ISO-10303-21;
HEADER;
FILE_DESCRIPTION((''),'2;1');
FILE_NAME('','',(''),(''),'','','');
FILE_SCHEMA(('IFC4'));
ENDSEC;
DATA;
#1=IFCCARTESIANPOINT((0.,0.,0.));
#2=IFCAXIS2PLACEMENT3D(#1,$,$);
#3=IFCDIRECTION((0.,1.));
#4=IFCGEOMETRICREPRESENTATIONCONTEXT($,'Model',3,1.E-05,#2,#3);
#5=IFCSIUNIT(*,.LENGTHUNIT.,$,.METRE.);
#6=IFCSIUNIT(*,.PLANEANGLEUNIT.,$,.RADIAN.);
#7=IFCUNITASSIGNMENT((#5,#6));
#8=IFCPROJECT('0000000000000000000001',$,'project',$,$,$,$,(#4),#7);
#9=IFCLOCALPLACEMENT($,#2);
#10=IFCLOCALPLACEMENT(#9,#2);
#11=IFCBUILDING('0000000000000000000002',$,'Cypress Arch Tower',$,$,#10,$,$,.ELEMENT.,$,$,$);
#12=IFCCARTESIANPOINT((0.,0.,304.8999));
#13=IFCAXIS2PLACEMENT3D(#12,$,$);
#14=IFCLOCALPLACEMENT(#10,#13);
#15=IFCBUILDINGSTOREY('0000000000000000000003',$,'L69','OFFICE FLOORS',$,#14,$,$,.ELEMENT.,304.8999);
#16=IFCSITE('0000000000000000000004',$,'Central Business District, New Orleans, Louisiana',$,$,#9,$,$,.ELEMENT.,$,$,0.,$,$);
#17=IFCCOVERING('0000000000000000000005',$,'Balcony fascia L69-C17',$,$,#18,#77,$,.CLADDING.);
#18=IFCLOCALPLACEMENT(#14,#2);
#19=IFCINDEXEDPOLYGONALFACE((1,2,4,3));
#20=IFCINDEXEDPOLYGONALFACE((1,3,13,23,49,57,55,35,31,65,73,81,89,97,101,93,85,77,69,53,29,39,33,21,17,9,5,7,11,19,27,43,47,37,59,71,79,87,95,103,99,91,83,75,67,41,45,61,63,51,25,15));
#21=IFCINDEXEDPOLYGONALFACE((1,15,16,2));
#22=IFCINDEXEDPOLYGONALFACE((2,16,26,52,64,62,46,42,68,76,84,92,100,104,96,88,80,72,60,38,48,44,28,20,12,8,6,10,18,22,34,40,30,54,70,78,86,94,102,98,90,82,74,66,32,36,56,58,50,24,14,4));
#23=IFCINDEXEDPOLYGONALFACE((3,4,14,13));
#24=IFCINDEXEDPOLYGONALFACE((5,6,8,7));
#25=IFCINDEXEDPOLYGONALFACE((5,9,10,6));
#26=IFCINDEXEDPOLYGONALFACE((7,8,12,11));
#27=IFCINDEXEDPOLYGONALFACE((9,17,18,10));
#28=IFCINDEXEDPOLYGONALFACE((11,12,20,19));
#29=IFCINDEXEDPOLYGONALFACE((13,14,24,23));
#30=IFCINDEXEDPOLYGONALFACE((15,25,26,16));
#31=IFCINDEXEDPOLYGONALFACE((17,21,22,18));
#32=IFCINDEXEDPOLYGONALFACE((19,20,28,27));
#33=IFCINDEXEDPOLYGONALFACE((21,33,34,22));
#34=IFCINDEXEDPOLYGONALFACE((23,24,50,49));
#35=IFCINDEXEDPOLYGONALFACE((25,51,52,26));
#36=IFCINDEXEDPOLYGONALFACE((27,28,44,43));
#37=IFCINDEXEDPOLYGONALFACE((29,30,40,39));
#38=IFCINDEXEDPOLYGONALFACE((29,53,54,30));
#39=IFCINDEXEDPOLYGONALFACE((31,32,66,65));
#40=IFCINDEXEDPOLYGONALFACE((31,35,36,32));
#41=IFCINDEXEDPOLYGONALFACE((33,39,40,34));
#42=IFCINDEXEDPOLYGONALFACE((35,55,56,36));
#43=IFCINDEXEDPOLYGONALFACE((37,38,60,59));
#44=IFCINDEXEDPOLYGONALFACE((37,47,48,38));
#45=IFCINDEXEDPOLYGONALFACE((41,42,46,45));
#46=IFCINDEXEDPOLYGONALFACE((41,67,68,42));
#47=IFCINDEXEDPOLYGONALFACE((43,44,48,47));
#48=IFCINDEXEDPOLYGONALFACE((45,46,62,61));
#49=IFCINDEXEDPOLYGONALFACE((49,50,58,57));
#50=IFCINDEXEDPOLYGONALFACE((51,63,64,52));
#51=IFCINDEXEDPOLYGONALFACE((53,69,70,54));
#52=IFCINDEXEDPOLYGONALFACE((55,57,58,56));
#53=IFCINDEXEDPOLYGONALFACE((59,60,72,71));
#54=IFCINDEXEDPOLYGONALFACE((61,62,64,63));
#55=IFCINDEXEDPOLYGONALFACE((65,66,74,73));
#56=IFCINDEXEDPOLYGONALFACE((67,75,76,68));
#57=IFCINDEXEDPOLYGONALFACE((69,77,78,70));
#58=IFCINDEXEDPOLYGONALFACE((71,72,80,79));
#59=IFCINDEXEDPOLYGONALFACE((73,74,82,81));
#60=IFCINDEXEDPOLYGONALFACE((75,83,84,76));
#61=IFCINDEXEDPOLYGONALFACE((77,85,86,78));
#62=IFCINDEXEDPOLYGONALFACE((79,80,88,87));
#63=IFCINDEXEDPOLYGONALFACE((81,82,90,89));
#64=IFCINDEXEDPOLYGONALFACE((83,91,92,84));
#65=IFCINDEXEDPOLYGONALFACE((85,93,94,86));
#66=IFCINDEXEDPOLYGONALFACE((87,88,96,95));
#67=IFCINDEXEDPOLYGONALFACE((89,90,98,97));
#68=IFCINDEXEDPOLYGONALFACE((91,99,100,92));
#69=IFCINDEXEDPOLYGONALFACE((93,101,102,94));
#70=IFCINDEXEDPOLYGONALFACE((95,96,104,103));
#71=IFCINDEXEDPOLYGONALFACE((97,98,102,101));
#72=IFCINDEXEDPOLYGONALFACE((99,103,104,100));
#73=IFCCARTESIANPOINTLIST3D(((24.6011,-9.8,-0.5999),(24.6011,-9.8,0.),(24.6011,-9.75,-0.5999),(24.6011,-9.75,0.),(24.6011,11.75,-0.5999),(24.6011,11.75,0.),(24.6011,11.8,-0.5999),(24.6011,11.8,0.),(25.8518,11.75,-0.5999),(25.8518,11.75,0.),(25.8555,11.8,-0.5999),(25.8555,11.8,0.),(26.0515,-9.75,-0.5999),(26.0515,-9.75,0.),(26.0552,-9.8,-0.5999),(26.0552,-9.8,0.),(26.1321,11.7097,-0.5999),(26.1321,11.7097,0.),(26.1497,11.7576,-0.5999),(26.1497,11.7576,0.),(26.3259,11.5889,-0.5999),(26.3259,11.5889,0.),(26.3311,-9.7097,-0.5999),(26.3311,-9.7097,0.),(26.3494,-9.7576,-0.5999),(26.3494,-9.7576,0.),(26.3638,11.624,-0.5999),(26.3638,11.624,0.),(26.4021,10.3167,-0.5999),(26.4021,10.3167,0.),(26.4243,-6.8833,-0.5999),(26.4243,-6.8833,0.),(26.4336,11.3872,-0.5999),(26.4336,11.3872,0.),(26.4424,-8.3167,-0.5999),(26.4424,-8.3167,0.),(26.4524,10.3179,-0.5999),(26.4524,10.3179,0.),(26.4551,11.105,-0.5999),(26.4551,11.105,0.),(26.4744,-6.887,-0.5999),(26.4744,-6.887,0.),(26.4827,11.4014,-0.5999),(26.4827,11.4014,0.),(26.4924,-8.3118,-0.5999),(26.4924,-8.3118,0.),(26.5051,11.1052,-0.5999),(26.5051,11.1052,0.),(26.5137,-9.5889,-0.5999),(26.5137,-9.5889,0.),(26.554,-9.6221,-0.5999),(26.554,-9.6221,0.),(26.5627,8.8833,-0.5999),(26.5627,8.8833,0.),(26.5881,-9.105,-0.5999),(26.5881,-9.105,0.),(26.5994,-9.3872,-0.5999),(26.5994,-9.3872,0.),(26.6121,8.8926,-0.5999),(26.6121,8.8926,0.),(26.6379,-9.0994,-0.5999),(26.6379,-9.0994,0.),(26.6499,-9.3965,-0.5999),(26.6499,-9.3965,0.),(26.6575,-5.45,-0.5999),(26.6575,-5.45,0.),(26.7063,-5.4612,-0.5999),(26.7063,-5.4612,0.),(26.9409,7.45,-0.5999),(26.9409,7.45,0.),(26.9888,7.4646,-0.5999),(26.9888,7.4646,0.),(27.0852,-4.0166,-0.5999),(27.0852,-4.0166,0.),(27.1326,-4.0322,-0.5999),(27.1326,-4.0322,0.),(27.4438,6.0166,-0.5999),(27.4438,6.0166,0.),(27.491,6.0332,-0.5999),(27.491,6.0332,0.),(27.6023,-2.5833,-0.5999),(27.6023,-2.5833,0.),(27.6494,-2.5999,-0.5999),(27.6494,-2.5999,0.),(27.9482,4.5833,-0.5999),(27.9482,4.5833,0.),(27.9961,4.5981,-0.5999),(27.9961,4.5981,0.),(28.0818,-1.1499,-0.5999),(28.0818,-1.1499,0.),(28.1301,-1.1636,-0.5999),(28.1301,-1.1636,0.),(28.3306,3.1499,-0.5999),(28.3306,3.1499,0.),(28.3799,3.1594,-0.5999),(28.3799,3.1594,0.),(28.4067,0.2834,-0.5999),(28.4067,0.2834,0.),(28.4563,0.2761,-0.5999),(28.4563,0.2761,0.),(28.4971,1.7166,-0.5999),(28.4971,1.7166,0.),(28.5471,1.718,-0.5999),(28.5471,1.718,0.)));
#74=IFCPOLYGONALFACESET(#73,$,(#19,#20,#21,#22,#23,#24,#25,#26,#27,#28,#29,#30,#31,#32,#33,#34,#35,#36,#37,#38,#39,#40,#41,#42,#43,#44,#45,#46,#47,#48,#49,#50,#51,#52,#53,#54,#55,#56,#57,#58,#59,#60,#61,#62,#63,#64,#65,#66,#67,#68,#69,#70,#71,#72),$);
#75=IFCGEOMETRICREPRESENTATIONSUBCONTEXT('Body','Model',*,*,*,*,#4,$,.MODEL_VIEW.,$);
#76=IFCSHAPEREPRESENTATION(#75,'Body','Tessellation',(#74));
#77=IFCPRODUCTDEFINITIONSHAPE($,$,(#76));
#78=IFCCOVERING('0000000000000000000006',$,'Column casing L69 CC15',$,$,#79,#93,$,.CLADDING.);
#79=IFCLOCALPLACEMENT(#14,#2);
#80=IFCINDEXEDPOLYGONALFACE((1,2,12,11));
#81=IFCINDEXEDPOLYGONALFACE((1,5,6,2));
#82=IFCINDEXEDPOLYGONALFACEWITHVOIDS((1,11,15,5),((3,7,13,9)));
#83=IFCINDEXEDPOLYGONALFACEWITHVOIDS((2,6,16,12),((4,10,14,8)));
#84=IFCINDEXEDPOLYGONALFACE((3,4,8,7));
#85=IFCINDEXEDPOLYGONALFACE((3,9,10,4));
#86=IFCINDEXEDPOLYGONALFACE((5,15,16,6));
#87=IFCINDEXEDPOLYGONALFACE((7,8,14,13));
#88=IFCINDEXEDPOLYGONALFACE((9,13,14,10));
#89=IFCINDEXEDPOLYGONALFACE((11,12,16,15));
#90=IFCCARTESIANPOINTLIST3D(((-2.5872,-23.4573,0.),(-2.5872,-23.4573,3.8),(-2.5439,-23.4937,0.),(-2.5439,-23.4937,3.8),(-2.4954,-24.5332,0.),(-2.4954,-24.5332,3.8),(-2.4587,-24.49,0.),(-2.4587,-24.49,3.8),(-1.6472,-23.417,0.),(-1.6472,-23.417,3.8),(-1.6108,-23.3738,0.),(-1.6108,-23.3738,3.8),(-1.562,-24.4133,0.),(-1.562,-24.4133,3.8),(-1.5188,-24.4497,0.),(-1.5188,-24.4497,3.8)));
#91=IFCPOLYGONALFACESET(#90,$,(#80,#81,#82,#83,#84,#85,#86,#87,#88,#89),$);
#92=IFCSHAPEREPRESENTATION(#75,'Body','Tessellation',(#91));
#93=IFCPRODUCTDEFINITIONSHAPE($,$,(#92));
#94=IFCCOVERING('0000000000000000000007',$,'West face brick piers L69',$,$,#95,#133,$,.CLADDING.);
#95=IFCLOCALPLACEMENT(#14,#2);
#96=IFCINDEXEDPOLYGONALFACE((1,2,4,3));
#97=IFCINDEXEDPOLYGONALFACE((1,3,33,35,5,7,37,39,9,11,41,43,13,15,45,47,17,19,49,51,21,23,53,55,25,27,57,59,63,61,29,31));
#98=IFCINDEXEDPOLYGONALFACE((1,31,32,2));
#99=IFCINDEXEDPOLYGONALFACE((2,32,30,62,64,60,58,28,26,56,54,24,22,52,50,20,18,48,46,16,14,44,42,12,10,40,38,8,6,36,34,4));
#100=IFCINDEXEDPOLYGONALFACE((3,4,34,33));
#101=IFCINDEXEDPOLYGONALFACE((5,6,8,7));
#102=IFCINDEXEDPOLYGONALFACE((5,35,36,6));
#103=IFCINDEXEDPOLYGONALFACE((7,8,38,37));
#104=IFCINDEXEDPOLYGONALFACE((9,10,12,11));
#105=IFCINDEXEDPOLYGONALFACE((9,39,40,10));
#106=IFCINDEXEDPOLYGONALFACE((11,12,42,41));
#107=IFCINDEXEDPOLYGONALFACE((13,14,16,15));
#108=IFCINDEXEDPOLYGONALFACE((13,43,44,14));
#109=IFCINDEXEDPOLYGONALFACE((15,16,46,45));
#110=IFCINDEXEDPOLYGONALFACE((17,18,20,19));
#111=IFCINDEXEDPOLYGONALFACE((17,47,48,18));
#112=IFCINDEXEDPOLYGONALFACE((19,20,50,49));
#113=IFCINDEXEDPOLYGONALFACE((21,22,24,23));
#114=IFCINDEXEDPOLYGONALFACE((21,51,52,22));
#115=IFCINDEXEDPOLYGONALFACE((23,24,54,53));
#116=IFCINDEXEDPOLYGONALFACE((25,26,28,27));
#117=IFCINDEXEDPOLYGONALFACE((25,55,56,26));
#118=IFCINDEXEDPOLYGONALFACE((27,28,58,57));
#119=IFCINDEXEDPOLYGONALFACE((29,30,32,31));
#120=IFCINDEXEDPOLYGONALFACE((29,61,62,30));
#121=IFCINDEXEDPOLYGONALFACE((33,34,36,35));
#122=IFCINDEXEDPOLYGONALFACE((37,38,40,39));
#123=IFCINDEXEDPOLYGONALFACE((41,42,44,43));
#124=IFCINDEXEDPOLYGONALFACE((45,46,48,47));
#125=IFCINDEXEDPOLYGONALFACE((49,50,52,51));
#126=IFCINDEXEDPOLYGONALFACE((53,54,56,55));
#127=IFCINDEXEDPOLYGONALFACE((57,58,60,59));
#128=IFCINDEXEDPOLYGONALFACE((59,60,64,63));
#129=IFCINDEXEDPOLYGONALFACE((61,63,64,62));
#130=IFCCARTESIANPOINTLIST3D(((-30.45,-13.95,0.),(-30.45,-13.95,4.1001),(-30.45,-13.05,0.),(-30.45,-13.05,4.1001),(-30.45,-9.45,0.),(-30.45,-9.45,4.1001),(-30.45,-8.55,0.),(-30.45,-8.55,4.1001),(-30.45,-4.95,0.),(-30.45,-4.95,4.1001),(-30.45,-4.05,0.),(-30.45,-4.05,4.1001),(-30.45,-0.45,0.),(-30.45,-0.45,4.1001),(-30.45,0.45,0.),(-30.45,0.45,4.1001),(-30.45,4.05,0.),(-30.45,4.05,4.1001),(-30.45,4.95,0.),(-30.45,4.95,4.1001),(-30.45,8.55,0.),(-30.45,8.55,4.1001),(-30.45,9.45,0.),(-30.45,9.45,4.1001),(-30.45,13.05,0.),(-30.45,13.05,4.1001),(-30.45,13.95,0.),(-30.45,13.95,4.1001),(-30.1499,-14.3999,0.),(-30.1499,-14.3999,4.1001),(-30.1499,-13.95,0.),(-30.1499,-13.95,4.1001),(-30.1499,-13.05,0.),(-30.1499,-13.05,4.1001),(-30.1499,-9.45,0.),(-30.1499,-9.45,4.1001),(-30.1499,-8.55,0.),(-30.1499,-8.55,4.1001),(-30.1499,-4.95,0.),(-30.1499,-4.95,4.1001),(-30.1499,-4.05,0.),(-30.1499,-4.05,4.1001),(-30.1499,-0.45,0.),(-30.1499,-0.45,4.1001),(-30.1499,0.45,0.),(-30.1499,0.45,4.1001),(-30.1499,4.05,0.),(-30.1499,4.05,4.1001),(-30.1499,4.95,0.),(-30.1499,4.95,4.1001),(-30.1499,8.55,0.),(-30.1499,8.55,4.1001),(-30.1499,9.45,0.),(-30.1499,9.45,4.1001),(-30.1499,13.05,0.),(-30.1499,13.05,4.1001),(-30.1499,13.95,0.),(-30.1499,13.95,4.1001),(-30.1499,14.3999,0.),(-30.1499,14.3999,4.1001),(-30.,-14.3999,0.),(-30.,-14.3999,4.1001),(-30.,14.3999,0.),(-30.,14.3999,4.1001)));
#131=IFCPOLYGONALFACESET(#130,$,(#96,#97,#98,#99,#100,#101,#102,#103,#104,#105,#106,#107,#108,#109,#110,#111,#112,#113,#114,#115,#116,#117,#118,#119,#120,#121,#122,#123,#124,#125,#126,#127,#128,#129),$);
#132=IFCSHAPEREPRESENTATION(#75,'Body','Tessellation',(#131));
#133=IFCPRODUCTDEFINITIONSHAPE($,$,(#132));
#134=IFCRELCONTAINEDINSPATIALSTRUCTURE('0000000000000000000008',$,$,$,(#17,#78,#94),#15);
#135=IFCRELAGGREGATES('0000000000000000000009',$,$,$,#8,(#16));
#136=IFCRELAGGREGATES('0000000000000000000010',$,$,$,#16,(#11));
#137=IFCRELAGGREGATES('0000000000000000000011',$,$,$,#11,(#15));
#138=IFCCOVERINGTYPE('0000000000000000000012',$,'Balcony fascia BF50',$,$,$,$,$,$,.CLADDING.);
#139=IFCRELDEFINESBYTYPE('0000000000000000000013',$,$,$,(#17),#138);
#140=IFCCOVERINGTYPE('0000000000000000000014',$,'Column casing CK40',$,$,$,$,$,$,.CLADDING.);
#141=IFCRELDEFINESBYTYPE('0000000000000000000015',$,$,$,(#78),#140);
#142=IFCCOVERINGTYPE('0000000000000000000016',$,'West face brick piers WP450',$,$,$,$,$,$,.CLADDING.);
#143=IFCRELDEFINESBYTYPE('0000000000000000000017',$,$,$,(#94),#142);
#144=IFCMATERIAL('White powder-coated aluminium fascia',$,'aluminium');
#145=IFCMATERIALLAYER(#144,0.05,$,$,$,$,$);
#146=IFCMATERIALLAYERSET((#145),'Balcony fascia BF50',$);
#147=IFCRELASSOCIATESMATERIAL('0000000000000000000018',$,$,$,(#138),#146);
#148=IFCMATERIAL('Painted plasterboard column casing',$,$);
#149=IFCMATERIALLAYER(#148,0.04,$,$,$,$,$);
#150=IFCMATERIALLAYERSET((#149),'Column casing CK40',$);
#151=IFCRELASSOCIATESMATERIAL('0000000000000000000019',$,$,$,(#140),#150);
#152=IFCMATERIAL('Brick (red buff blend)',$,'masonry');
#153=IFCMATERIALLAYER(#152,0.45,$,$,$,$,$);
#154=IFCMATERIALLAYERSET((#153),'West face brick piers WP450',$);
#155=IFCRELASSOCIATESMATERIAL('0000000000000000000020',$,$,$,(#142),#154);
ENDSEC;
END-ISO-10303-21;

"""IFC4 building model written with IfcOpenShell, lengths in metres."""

from ifc_helpers import new_model, si_unit, direction, frame, origin, place, context, subcontext, project, spatial, polyline, outline, extrude, material, layer, layer_set, type_object, element, save


model = new_model("IFC4")

# Units and contexts
model_context = context("Model", 3, precision=1e-05, world=origin(), true_north=direction((0.0, 1.0)))
body_context = subcontext(model_context, "Body", "Model", "MODEL_VIEW")
ifc_project = project(units=[si_unit("LENGTHUNIT", "METRE"), si_unit("PLANEANGLEUNIT", "RADIAN")], contexts=[model_context])

# Site, building, storey
site_placement = place(None, origin())
site = spatial("IfcSite", under=ifc_project, at=site_placement, Name="Central Business District, New Orleans, Louisiana", CompositionType="ELEMENT", RefElevation=0.0)
building_placement = place(site_placement, origin())
building = spatial("IfcBuilding", under=site, at=building_placement, Name="Cypress Arch Tower", CompositionType="ELEMENT")
storey_placement = place(building_placement, frame((0.0, 0.0, 304.8999)))
storey = spatial("IfcBuildingStorey", under=building, at=storey_placement, Name="L69", Description="OFFICE FLOORS", CompositionType="ELEMENT", Elevation=304.8999)

# Coverings
ifc_material_1 = material(Name="White powder-coated aluminium fascia", Category="aluminium")
ifc_layer_1 = layer(ifc_material_1, 0.05)
ifc_layer_set_1 = layer_set([ifc_layer_1], Name="Balcony fascia BF50")
covering_type_1 = type_object("IfcCoveringType", Name="Balcony fascia BF50", PredefinedType="CLADDING", material=ifc_layer_set_1)
covering_1_placement = place(storey_placement, frame((0.0, 0.0, -0.5999)))
element("IfcCovering", 1, at=covering_1_placement, inside=storey, type_object=covering_type_1, Name="Balcony fascia L69-C17", PredefinedType="CLADDING", context=body_context, shape_type="SweptSolid", body=[
    extrude(outline(polyline([(25.8555, 11.8), (26.1497, 11.7576), (26.3638, 11.624), (26.4827, 11.4014), (26.5051, 11.1052), (26.4524, 10.3179), (26.6121, 8.8926), (26.9888, 7.4646), (27.491, 6.0332), (27.9961, 4.5981), (28.3799, 3.1594), (28.5471, 1.718), (28.4563, 0.2761), (28.1301, -1.1636), (27.6494, -2.5999), (27.1326, -4.0322), (26.7063, -5.4612), (26.4744, -6.887), (26.4924, -8.3118), (26.6379, -9.0994), (26.6499, -9.3965), (26.554, -9.6221), (26.3494, -9.7576), (26.0552, -9.8), (24.6011, -9.8), (24.6011, -9.75), (26.0515, -9.75), (26.3311, -9.7097), (26.5137, -9.5889), (26.5994, -9.3872), (26.5881, -9.105), (26.4424, -8.3167), (26.4243, -6.8833), (26.6575, -5.45), (27.0852, -4.0166), (27.6023, -2.5833), (28.0818, -1.1499), (28.4067, 0.2834), (28.4971, 1.7166), (28.3306, 3.1499), (27.9482, 4.5833), (27.4438, 6.0166), (26.9409, 7.45), (26.5627, 8.8833), (26.4021, 10.3167), (26.4551, 11.105), (26.4336, 11.3872), (26.3259, 11.5889), (26.1321, 11.7097), (25.8518, 11.75), (24.6011, 11.75), (24.6011, 11.8), (25.8555, 11.8)])), origin(), (0.0, 0.0, 1.0), 0.5999),
])
ifc_material_2 = material(Name="Painted plasterboard column casing")
ifc_layer_2 = layer(ifc_material_2, 0.04)
ifc_layer_set_2 = layer_set([ifc_layer_2], Name="Column casing CK40")
covering_type_2 = type_object("IfcCoveringType", Name="Column casing CK40", PredefinedType="CLADDING", material=ifc_layer_set_2)
covering_2_placement = place(storey_placement, origin())
element("IfcCovering", 2, at=covering_2_placement, inside=storey, type_object=covering_type_2, Name="Column casing L69 CC15", PredefinedType="CLADDING", context=body_context, shape_type="SweptSolid", body=[
    extrude(outline(polyline([(-2.4954, -24.5332), (-2.5872, -23.4573), (-1.6108, -23.3738), (-1.5188, -24.4497), (-2.4954, -24.5332)]), holes=[polyline([(-2.4587, -24.49), (-1.562, -24.4133), (-1.6472, -23.417), (-2.5439, -23.4937), (-2.4587, -24.49)])]), origin(), (0.0, 0.0, 1.0), 3.8),
])
ifc_material_3 = material(Name="Brick (red buff blend)", Category="masonry")
ifc_layer_3 = layer(ifc_material_3, 0.45)
ifc_layer_set_3 = layer_set([ifc_layer_3], Name="West face brick piers WP450")
covering_type_3 = type_object("IfcCoveringType", Name="West face brick piers WP450", PredefinedType="CLADDING", material=ifc_layer_set_3)
covering_3_placement = place(storey_placement, origin())
element("IfcCovering", 3, at=covering_3_placement, inside=storey, type_object=covering_type_3, Name="West face brick piers L69", PredefinedType="CLADDING", context=body_context, shape_type="SweptSolid", body=[
    extrude(outline(polyline([(-30.1499, -13.05), (-30.1499, -9.45), (-30.45, -9.45), (-30.45, -8.55), (-30.1499, -8.55), (-30.1499, -4.95), (-30.45, -4.95), (-30.45, -4.05), (-30.1499, -4.05), (-30.1499, -0.45), (-30.45, -0.45), (-30.45, 0.45), (-30.1499, 0.45), (-30.1499, 4.05), (-30.45, 4.05), (-30.45, 4.95), (-30.1499, 4.95), (-30.1499, 8.55), (-30.45, 8.55), (-30.45, 9.45), (-30.1499, 9.45), (-30.1499, 13.05), (-30.45, 13.05), (-30.45, 13.95), (-30.1499, 13.95), (-30.1499, 14.3999), (-30.0, 14.3999), (-30.0, -14.3999), (-30.1499, -14.3999), (-30.1499, -13.95), (-30.45, -13.95), (-30.45, -13.05), (-30.1499, -13.05)])), origin(), (0.0, 0.0, 1.0), 4.1001),
])

save(model, "model.ifc")
